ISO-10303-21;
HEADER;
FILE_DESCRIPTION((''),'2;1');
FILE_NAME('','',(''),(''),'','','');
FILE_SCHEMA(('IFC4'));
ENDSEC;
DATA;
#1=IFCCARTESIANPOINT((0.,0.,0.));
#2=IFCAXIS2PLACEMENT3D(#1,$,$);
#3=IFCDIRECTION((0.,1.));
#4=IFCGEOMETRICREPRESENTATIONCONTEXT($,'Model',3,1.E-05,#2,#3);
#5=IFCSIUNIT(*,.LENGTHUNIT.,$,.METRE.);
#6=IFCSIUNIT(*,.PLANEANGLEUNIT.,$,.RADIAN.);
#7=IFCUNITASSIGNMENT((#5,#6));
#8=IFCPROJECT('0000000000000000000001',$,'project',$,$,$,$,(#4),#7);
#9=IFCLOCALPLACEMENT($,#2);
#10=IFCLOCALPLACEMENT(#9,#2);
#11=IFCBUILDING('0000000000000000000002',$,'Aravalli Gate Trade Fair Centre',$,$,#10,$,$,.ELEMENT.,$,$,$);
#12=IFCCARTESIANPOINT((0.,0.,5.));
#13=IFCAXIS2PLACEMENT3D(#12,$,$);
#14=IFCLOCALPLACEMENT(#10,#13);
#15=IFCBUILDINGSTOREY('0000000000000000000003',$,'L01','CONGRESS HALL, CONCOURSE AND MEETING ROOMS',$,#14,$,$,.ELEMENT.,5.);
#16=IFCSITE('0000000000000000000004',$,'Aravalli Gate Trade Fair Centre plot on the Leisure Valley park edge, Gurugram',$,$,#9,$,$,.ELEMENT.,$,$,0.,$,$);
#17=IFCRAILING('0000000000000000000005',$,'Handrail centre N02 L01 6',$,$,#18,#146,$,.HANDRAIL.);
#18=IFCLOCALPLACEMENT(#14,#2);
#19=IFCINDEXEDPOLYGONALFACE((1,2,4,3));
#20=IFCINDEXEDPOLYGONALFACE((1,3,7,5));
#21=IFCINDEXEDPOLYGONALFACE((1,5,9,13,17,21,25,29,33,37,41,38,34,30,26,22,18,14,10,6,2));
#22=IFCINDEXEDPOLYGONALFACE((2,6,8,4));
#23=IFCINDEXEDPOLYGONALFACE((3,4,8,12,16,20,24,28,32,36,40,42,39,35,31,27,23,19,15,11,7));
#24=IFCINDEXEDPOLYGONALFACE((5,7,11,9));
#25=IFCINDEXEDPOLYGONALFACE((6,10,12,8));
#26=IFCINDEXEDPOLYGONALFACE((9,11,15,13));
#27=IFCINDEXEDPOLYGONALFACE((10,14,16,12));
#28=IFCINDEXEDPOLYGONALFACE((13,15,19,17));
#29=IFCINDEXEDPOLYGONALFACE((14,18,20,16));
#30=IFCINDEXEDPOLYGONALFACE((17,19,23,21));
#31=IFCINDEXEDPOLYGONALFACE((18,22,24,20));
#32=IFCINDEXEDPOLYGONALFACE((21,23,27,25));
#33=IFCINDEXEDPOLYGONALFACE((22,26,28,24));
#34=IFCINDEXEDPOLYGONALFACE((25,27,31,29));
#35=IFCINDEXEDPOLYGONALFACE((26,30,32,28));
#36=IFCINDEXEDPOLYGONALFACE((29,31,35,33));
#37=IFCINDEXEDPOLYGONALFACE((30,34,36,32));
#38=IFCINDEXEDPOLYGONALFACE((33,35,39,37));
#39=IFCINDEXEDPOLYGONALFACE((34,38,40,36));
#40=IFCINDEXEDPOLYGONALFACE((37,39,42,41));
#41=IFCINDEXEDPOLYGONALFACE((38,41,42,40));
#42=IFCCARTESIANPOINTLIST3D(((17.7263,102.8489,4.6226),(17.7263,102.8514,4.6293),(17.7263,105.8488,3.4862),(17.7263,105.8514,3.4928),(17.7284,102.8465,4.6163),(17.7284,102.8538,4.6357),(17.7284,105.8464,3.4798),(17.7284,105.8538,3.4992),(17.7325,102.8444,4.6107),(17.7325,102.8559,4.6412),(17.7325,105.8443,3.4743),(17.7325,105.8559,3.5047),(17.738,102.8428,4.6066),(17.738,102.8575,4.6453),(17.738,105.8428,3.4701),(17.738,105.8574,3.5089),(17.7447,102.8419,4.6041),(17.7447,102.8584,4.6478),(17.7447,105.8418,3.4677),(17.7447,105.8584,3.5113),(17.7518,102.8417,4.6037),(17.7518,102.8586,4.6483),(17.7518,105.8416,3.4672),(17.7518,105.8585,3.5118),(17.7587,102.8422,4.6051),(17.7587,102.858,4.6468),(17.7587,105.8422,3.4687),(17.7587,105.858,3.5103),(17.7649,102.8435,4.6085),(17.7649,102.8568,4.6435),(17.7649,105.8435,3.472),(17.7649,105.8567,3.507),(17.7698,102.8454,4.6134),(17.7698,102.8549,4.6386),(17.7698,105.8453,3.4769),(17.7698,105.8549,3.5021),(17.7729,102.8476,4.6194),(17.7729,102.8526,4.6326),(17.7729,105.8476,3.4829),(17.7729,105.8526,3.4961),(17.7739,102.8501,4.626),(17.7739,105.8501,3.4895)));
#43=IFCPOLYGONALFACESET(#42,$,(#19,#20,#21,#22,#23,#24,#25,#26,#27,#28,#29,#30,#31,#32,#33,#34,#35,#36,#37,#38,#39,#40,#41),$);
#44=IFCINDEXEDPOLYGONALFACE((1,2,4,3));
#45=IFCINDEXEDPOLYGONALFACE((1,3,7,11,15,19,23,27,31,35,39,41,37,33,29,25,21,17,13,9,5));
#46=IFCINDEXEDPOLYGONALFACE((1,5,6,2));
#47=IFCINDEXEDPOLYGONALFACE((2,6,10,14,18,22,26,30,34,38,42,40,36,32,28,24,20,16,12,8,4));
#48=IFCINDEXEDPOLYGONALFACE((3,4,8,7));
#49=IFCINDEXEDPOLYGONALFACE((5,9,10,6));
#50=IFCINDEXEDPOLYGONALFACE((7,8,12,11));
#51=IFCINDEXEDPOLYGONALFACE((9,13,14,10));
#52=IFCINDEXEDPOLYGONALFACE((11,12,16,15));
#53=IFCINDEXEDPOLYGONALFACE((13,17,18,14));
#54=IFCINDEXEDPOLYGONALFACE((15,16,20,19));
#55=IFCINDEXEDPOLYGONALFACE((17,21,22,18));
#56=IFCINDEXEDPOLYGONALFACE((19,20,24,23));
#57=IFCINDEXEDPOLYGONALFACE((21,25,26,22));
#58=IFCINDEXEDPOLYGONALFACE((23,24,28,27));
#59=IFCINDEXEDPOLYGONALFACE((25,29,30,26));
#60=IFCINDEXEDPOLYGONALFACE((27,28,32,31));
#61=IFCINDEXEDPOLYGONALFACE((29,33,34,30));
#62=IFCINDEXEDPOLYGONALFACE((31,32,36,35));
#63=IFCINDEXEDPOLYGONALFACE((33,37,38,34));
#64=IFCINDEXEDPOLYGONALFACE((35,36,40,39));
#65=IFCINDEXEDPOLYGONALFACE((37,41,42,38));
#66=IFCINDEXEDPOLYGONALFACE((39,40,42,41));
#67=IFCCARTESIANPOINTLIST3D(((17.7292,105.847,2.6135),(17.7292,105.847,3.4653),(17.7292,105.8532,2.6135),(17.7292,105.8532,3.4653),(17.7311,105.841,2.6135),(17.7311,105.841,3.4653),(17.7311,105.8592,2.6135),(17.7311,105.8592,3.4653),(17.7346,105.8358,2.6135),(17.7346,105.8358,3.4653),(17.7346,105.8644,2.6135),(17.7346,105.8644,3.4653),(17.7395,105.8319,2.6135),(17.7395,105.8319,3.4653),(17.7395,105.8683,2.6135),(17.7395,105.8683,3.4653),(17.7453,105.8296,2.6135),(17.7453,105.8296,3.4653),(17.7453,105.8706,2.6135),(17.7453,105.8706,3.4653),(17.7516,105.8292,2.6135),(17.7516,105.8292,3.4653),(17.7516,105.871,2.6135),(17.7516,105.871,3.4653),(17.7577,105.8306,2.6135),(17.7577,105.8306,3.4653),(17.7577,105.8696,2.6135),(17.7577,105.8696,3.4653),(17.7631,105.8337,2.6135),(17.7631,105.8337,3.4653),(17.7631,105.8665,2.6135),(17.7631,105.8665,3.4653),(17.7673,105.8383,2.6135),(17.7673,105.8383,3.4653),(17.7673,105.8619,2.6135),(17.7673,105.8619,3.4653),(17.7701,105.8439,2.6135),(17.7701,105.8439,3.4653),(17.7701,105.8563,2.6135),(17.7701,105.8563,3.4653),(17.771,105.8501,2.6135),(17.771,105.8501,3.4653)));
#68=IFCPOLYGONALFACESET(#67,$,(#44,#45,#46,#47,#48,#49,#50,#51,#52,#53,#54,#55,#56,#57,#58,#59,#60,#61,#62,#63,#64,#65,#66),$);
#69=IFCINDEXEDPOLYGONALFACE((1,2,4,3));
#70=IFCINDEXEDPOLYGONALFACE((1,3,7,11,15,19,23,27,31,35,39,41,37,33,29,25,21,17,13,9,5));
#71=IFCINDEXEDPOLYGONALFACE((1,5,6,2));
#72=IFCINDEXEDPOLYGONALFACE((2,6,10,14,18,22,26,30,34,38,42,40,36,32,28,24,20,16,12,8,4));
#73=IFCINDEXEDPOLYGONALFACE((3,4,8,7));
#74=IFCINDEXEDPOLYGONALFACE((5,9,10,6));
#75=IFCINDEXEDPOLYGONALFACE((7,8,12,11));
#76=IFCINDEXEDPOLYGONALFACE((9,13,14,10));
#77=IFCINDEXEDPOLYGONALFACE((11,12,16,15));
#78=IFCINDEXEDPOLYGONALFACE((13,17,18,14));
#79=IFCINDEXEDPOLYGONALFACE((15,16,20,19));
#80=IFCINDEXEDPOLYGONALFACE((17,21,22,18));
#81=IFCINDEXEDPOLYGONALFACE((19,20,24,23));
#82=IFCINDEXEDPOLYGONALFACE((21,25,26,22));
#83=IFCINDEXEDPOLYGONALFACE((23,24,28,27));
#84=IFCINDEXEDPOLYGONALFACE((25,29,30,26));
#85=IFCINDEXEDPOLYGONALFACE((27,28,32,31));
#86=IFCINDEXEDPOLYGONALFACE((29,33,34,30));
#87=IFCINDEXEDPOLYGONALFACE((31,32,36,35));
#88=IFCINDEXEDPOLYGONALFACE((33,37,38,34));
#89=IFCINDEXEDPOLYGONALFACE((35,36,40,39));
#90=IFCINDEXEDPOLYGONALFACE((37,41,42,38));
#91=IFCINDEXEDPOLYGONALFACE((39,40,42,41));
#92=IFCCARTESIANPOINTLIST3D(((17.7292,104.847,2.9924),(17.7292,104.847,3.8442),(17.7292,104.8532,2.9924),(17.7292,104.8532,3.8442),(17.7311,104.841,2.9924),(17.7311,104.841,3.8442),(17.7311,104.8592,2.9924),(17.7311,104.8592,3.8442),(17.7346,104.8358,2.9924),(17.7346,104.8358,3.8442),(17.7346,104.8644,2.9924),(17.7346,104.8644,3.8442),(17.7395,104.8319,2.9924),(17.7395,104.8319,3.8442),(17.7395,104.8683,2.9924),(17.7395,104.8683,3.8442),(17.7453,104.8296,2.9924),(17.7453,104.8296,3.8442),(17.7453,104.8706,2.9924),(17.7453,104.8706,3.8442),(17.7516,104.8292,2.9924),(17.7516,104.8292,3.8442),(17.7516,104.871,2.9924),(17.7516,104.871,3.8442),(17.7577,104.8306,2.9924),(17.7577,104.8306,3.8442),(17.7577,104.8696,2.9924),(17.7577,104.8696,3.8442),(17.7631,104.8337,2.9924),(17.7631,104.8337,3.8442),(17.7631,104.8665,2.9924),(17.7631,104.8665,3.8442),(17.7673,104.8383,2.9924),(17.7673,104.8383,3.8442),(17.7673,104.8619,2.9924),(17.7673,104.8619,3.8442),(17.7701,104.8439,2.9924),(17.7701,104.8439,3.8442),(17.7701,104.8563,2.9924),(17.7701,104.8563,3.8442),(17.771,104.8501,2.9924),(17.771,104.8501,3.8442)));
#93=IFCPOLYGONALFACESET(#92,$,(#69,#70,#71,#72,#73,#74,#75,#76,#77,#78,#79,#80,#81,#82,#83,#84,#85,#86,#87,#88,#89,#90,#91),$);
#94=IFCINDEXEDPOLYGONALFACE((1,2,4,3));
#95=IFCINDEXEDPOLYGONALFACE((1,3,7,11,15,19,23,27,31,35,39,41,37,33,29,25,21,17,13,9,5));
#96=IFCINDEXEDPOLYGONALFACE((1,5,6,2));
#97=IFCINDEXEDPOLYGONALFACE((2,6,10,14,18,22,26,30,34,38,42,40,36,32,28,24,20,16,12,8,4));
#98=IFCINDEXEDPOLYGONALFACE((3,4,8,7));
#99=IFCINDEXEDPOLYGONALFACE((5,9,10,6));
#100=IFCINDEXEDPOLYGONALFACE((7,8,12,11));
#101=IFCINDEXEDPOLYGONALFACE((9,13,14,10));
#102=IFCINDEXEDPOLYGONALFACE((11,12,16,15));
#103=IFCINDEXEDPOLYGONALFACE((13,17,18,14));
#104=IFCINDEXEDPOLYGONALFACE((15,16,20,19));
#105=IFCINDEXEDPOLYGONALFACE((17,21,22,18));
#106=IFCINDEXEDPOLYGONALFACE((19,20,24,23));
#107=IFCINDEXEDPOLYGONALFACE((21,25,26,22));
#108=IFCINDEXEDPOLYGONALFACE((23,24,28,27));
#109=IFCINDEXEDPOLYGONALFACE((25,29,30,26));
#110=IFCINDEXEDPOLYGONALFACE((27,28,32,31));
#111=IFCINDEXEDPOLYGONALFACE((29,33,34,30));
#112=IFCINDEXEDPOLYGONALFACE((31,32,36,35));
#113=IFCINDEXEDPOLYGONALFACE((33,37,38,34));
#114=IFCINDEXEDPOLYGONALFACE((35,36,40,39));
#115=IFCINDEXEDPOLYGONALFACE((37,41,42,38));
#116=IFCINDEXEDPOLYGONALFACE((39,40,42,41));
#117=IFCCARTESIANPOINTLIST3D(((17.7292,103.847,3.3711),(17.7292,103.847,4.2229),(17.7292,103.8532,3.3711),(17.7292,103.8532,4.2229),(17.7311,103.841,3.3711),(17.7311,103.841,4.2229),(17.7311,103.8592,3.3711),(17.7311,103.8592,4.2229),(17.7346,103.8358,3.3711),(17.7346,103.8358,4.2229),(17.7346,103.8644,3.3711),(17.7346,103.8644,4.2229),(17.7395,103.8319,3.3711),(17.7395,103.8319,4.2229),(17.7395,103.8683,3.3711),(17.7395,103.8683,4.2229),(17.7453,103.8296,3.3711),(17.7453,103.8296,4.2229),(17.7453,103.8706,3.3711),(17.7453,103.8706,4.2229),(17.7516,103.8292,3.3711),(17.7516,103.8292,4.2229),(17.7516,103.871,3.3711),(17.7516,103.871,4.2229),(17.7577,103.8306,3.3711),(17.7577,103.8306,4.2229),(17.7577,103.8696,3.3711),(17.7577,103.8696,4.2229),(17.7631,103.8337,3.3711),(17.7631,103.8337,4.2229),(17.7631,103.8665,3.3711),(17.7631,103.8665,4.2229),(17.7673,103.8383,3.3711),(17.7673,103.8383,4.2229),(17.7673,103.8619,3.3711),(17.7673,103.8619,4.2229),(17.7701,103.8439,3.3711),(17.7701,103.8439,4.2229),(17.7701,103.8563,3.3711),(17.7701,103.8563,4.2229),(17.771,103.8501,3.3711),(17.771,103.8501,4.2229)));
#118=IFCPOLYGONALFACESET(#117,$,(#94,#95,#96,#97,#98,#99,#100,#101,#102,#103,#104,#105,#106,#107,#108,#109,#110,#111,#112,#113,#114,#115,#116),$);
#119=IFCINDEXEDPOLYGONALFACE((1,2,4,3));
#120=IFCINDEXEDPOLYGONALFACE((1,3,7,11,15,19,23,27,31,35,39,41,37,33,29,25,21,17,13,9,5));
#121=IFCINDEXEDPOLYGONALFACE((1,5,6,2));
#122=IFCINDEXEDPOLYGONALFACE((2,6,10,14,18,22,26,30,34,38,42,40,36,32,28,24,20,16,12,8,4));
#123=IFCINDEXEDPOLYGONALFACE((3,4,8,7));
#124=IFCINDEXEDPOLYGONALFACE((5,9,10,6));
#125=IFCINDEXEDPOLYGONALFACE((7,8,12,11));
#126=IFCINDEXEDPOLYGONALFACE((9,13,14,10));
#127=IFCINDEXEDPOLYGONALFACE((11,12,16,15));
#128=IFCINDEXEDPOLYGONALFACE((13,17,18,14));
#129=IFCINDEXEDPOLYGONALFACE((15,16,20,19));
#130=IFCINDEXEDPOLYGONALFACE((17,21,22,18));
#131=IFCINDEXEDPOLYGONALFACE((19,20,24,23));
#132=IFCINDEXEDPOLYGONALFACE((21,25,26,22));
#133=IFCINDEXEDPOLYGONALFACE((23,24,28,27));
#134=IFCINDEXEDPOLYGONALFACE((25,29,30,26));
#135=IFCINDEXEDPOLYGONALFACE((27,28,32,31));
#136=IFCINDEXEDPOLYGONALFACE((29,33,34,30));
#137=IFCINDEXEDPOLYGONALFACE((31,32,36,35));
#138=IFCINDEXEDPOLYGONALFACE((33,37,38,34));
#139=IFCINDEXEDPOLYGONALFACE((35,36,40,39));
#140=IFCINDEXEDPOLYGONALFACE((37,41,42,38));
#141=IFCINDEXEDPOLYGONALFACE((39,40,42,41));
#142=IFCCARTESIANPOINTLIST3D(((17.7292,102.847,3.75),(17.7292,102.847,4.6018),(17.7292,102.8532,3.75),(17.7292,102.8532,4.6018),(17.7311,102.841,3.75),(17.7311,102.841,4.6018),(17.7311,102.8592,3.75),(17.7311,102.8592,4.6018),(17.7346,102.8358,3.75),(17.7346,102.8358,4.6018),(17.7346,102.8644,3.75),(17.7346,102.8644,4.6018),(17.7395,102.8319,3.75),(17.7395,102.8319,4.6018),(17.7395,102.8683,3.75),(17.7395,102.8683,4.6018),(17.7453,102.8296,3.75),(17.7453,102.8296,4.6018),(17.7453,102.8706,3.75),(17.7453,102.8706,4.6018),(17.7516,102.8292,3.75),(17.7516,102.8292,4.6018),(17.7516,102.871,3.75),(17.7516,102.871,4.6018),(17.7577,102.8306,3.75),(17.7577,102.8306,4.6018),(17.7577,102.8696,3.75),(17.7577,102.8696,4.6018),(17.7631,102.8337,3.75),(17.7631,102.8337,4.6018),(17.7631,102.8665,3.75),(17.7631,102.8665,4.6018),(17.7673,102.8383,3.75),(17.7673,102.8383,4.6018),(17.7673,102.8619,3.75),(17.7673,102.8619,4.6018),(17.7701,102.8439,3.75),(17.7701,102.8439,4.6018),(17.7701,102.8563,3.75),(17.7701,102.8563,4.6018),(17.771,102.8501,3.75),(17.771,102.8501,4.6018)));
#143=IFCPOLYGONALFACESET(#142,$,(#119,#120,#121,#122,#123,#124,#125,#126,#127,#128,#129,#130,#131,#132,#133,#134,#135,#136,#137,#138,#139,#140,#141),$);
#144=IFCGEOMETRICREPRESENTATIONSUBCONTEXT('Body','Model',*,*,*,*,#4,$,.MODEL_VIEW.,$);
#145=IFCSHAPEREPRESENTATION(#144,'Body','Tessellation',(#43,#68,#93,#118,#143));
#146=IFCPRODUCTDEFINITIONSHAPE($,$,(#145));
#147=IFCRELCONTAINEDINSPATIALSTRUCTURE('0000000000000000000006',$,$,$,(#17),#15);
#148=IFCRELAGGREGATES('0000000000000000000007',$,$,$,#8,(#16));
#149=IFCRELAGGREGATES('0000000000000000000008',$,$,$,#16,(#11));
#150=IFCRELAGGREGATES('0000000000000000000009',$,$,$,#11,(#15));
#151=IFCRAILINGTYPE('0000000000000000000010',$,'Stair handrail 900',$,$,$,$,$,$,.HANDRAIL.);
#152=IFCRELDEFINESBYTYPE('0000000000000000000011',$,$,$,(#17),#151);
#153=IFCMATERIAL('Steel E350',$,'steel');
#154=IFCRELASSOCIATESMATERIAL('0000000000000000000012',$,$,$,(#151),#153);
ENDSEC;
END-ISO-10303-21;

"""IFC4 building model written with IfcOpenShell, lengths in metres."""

from ifc_helpers import new_model, si_unit, direction, frame, origin, origin_2d, place, context, subcontext, project, spatial, circle, extrude, material, type_object, element, save


model = new_model("IFC4")

# Units and contexts
model_context = context("Model", 3, precision=1e-05, world=origin(), true_north=direction((0.0, 1.0)))
body_context = subcontext(model_context, "Body", "Model", "MODEL_VIEW")
ifc_project = project(units=[si_unit("LENGTHUNIT", "METRE"), si_unit("PLANEANGLEUNIT", "RADIAN")], contexts=[model_context])

# Site, building, storey
site_placement = place(None, origin())
site = spatial("IfcSite", under=ifc_project, at=site_placement, Name="Aravalli Gate Trade Fair Centre plot on the Leisure Valley park edge, Gurugram", CompositionType="ELEMENT", RefElevation=0.0)
building_placement = place(site_placement, origin())
building = spatial("IfcBuilding", under=site, at=building_placement, Name="Aravalli Gate Trade Fair Centre", CompositionType="ELEMENT")
storey_placement = place(building_placement, frame((0.0, 0.0, 5.0)))
storey = spatial("IfcBuildingStorey", under=building, at=storey_placement, Name="L01", Description="CONGRESS HALL, CONCOURSE AND MEETING ROOMS", CompositionType="ELEMENT", Elevation=5.0)

# Shared definitions
ifc_material_1 = material(Name="Steel E350", Category="steel")

# Railing
railing_type = type_object("IfcRailingType", Name="Stair handrail 900", PredefinedType="HANDRAIL", material=ifc_material_1)
for number, where, name in (
    (1, (17.75, 105.8501, 2.6135), "Handrail centre N02 L01 6"),
):
    element("IfcRailing", number, at=place(storey_placement, frame(where)), inside=storey, type_object=railing_type, Name=name, PredefinedType="HANDRAIL", context=body_context, shape_type="SweptSolid", body=[
        extrude(circle(Radius=0.0239, at=origin_2d()), frame((0.0, 0.0, 0.876), z_axis=(0.0, -0.935148, 0.354257), x_axis=(1.0, 0.0, 0.0)), (0.0, 0.0, 1.0), 3.208),
        extrude(circle(Radius=0.021, at=origin_2d()), origin(), (0.0, 0.0, 1.0), 0.8518),
        extrude(circle(Radius=0.021, at=origin_2d()), frame((0.0, -1.0, 0.3789)), (0.0, 0.0, 1.0), 0.8518),
        extrude(circle(Radius=0.021, at=origin_2d()), frame((0.0, -2.0, 0.7576)), (0.0, 0.0, 1.0), 0.8518),
        extrude(circle(Radius=0.021, at=origin_2d()), frame((0.0, -3.0, 1.1365)), (0.0, 0.0, 1.0), 0.8518),
    ])

save(model, "model.ifc")
